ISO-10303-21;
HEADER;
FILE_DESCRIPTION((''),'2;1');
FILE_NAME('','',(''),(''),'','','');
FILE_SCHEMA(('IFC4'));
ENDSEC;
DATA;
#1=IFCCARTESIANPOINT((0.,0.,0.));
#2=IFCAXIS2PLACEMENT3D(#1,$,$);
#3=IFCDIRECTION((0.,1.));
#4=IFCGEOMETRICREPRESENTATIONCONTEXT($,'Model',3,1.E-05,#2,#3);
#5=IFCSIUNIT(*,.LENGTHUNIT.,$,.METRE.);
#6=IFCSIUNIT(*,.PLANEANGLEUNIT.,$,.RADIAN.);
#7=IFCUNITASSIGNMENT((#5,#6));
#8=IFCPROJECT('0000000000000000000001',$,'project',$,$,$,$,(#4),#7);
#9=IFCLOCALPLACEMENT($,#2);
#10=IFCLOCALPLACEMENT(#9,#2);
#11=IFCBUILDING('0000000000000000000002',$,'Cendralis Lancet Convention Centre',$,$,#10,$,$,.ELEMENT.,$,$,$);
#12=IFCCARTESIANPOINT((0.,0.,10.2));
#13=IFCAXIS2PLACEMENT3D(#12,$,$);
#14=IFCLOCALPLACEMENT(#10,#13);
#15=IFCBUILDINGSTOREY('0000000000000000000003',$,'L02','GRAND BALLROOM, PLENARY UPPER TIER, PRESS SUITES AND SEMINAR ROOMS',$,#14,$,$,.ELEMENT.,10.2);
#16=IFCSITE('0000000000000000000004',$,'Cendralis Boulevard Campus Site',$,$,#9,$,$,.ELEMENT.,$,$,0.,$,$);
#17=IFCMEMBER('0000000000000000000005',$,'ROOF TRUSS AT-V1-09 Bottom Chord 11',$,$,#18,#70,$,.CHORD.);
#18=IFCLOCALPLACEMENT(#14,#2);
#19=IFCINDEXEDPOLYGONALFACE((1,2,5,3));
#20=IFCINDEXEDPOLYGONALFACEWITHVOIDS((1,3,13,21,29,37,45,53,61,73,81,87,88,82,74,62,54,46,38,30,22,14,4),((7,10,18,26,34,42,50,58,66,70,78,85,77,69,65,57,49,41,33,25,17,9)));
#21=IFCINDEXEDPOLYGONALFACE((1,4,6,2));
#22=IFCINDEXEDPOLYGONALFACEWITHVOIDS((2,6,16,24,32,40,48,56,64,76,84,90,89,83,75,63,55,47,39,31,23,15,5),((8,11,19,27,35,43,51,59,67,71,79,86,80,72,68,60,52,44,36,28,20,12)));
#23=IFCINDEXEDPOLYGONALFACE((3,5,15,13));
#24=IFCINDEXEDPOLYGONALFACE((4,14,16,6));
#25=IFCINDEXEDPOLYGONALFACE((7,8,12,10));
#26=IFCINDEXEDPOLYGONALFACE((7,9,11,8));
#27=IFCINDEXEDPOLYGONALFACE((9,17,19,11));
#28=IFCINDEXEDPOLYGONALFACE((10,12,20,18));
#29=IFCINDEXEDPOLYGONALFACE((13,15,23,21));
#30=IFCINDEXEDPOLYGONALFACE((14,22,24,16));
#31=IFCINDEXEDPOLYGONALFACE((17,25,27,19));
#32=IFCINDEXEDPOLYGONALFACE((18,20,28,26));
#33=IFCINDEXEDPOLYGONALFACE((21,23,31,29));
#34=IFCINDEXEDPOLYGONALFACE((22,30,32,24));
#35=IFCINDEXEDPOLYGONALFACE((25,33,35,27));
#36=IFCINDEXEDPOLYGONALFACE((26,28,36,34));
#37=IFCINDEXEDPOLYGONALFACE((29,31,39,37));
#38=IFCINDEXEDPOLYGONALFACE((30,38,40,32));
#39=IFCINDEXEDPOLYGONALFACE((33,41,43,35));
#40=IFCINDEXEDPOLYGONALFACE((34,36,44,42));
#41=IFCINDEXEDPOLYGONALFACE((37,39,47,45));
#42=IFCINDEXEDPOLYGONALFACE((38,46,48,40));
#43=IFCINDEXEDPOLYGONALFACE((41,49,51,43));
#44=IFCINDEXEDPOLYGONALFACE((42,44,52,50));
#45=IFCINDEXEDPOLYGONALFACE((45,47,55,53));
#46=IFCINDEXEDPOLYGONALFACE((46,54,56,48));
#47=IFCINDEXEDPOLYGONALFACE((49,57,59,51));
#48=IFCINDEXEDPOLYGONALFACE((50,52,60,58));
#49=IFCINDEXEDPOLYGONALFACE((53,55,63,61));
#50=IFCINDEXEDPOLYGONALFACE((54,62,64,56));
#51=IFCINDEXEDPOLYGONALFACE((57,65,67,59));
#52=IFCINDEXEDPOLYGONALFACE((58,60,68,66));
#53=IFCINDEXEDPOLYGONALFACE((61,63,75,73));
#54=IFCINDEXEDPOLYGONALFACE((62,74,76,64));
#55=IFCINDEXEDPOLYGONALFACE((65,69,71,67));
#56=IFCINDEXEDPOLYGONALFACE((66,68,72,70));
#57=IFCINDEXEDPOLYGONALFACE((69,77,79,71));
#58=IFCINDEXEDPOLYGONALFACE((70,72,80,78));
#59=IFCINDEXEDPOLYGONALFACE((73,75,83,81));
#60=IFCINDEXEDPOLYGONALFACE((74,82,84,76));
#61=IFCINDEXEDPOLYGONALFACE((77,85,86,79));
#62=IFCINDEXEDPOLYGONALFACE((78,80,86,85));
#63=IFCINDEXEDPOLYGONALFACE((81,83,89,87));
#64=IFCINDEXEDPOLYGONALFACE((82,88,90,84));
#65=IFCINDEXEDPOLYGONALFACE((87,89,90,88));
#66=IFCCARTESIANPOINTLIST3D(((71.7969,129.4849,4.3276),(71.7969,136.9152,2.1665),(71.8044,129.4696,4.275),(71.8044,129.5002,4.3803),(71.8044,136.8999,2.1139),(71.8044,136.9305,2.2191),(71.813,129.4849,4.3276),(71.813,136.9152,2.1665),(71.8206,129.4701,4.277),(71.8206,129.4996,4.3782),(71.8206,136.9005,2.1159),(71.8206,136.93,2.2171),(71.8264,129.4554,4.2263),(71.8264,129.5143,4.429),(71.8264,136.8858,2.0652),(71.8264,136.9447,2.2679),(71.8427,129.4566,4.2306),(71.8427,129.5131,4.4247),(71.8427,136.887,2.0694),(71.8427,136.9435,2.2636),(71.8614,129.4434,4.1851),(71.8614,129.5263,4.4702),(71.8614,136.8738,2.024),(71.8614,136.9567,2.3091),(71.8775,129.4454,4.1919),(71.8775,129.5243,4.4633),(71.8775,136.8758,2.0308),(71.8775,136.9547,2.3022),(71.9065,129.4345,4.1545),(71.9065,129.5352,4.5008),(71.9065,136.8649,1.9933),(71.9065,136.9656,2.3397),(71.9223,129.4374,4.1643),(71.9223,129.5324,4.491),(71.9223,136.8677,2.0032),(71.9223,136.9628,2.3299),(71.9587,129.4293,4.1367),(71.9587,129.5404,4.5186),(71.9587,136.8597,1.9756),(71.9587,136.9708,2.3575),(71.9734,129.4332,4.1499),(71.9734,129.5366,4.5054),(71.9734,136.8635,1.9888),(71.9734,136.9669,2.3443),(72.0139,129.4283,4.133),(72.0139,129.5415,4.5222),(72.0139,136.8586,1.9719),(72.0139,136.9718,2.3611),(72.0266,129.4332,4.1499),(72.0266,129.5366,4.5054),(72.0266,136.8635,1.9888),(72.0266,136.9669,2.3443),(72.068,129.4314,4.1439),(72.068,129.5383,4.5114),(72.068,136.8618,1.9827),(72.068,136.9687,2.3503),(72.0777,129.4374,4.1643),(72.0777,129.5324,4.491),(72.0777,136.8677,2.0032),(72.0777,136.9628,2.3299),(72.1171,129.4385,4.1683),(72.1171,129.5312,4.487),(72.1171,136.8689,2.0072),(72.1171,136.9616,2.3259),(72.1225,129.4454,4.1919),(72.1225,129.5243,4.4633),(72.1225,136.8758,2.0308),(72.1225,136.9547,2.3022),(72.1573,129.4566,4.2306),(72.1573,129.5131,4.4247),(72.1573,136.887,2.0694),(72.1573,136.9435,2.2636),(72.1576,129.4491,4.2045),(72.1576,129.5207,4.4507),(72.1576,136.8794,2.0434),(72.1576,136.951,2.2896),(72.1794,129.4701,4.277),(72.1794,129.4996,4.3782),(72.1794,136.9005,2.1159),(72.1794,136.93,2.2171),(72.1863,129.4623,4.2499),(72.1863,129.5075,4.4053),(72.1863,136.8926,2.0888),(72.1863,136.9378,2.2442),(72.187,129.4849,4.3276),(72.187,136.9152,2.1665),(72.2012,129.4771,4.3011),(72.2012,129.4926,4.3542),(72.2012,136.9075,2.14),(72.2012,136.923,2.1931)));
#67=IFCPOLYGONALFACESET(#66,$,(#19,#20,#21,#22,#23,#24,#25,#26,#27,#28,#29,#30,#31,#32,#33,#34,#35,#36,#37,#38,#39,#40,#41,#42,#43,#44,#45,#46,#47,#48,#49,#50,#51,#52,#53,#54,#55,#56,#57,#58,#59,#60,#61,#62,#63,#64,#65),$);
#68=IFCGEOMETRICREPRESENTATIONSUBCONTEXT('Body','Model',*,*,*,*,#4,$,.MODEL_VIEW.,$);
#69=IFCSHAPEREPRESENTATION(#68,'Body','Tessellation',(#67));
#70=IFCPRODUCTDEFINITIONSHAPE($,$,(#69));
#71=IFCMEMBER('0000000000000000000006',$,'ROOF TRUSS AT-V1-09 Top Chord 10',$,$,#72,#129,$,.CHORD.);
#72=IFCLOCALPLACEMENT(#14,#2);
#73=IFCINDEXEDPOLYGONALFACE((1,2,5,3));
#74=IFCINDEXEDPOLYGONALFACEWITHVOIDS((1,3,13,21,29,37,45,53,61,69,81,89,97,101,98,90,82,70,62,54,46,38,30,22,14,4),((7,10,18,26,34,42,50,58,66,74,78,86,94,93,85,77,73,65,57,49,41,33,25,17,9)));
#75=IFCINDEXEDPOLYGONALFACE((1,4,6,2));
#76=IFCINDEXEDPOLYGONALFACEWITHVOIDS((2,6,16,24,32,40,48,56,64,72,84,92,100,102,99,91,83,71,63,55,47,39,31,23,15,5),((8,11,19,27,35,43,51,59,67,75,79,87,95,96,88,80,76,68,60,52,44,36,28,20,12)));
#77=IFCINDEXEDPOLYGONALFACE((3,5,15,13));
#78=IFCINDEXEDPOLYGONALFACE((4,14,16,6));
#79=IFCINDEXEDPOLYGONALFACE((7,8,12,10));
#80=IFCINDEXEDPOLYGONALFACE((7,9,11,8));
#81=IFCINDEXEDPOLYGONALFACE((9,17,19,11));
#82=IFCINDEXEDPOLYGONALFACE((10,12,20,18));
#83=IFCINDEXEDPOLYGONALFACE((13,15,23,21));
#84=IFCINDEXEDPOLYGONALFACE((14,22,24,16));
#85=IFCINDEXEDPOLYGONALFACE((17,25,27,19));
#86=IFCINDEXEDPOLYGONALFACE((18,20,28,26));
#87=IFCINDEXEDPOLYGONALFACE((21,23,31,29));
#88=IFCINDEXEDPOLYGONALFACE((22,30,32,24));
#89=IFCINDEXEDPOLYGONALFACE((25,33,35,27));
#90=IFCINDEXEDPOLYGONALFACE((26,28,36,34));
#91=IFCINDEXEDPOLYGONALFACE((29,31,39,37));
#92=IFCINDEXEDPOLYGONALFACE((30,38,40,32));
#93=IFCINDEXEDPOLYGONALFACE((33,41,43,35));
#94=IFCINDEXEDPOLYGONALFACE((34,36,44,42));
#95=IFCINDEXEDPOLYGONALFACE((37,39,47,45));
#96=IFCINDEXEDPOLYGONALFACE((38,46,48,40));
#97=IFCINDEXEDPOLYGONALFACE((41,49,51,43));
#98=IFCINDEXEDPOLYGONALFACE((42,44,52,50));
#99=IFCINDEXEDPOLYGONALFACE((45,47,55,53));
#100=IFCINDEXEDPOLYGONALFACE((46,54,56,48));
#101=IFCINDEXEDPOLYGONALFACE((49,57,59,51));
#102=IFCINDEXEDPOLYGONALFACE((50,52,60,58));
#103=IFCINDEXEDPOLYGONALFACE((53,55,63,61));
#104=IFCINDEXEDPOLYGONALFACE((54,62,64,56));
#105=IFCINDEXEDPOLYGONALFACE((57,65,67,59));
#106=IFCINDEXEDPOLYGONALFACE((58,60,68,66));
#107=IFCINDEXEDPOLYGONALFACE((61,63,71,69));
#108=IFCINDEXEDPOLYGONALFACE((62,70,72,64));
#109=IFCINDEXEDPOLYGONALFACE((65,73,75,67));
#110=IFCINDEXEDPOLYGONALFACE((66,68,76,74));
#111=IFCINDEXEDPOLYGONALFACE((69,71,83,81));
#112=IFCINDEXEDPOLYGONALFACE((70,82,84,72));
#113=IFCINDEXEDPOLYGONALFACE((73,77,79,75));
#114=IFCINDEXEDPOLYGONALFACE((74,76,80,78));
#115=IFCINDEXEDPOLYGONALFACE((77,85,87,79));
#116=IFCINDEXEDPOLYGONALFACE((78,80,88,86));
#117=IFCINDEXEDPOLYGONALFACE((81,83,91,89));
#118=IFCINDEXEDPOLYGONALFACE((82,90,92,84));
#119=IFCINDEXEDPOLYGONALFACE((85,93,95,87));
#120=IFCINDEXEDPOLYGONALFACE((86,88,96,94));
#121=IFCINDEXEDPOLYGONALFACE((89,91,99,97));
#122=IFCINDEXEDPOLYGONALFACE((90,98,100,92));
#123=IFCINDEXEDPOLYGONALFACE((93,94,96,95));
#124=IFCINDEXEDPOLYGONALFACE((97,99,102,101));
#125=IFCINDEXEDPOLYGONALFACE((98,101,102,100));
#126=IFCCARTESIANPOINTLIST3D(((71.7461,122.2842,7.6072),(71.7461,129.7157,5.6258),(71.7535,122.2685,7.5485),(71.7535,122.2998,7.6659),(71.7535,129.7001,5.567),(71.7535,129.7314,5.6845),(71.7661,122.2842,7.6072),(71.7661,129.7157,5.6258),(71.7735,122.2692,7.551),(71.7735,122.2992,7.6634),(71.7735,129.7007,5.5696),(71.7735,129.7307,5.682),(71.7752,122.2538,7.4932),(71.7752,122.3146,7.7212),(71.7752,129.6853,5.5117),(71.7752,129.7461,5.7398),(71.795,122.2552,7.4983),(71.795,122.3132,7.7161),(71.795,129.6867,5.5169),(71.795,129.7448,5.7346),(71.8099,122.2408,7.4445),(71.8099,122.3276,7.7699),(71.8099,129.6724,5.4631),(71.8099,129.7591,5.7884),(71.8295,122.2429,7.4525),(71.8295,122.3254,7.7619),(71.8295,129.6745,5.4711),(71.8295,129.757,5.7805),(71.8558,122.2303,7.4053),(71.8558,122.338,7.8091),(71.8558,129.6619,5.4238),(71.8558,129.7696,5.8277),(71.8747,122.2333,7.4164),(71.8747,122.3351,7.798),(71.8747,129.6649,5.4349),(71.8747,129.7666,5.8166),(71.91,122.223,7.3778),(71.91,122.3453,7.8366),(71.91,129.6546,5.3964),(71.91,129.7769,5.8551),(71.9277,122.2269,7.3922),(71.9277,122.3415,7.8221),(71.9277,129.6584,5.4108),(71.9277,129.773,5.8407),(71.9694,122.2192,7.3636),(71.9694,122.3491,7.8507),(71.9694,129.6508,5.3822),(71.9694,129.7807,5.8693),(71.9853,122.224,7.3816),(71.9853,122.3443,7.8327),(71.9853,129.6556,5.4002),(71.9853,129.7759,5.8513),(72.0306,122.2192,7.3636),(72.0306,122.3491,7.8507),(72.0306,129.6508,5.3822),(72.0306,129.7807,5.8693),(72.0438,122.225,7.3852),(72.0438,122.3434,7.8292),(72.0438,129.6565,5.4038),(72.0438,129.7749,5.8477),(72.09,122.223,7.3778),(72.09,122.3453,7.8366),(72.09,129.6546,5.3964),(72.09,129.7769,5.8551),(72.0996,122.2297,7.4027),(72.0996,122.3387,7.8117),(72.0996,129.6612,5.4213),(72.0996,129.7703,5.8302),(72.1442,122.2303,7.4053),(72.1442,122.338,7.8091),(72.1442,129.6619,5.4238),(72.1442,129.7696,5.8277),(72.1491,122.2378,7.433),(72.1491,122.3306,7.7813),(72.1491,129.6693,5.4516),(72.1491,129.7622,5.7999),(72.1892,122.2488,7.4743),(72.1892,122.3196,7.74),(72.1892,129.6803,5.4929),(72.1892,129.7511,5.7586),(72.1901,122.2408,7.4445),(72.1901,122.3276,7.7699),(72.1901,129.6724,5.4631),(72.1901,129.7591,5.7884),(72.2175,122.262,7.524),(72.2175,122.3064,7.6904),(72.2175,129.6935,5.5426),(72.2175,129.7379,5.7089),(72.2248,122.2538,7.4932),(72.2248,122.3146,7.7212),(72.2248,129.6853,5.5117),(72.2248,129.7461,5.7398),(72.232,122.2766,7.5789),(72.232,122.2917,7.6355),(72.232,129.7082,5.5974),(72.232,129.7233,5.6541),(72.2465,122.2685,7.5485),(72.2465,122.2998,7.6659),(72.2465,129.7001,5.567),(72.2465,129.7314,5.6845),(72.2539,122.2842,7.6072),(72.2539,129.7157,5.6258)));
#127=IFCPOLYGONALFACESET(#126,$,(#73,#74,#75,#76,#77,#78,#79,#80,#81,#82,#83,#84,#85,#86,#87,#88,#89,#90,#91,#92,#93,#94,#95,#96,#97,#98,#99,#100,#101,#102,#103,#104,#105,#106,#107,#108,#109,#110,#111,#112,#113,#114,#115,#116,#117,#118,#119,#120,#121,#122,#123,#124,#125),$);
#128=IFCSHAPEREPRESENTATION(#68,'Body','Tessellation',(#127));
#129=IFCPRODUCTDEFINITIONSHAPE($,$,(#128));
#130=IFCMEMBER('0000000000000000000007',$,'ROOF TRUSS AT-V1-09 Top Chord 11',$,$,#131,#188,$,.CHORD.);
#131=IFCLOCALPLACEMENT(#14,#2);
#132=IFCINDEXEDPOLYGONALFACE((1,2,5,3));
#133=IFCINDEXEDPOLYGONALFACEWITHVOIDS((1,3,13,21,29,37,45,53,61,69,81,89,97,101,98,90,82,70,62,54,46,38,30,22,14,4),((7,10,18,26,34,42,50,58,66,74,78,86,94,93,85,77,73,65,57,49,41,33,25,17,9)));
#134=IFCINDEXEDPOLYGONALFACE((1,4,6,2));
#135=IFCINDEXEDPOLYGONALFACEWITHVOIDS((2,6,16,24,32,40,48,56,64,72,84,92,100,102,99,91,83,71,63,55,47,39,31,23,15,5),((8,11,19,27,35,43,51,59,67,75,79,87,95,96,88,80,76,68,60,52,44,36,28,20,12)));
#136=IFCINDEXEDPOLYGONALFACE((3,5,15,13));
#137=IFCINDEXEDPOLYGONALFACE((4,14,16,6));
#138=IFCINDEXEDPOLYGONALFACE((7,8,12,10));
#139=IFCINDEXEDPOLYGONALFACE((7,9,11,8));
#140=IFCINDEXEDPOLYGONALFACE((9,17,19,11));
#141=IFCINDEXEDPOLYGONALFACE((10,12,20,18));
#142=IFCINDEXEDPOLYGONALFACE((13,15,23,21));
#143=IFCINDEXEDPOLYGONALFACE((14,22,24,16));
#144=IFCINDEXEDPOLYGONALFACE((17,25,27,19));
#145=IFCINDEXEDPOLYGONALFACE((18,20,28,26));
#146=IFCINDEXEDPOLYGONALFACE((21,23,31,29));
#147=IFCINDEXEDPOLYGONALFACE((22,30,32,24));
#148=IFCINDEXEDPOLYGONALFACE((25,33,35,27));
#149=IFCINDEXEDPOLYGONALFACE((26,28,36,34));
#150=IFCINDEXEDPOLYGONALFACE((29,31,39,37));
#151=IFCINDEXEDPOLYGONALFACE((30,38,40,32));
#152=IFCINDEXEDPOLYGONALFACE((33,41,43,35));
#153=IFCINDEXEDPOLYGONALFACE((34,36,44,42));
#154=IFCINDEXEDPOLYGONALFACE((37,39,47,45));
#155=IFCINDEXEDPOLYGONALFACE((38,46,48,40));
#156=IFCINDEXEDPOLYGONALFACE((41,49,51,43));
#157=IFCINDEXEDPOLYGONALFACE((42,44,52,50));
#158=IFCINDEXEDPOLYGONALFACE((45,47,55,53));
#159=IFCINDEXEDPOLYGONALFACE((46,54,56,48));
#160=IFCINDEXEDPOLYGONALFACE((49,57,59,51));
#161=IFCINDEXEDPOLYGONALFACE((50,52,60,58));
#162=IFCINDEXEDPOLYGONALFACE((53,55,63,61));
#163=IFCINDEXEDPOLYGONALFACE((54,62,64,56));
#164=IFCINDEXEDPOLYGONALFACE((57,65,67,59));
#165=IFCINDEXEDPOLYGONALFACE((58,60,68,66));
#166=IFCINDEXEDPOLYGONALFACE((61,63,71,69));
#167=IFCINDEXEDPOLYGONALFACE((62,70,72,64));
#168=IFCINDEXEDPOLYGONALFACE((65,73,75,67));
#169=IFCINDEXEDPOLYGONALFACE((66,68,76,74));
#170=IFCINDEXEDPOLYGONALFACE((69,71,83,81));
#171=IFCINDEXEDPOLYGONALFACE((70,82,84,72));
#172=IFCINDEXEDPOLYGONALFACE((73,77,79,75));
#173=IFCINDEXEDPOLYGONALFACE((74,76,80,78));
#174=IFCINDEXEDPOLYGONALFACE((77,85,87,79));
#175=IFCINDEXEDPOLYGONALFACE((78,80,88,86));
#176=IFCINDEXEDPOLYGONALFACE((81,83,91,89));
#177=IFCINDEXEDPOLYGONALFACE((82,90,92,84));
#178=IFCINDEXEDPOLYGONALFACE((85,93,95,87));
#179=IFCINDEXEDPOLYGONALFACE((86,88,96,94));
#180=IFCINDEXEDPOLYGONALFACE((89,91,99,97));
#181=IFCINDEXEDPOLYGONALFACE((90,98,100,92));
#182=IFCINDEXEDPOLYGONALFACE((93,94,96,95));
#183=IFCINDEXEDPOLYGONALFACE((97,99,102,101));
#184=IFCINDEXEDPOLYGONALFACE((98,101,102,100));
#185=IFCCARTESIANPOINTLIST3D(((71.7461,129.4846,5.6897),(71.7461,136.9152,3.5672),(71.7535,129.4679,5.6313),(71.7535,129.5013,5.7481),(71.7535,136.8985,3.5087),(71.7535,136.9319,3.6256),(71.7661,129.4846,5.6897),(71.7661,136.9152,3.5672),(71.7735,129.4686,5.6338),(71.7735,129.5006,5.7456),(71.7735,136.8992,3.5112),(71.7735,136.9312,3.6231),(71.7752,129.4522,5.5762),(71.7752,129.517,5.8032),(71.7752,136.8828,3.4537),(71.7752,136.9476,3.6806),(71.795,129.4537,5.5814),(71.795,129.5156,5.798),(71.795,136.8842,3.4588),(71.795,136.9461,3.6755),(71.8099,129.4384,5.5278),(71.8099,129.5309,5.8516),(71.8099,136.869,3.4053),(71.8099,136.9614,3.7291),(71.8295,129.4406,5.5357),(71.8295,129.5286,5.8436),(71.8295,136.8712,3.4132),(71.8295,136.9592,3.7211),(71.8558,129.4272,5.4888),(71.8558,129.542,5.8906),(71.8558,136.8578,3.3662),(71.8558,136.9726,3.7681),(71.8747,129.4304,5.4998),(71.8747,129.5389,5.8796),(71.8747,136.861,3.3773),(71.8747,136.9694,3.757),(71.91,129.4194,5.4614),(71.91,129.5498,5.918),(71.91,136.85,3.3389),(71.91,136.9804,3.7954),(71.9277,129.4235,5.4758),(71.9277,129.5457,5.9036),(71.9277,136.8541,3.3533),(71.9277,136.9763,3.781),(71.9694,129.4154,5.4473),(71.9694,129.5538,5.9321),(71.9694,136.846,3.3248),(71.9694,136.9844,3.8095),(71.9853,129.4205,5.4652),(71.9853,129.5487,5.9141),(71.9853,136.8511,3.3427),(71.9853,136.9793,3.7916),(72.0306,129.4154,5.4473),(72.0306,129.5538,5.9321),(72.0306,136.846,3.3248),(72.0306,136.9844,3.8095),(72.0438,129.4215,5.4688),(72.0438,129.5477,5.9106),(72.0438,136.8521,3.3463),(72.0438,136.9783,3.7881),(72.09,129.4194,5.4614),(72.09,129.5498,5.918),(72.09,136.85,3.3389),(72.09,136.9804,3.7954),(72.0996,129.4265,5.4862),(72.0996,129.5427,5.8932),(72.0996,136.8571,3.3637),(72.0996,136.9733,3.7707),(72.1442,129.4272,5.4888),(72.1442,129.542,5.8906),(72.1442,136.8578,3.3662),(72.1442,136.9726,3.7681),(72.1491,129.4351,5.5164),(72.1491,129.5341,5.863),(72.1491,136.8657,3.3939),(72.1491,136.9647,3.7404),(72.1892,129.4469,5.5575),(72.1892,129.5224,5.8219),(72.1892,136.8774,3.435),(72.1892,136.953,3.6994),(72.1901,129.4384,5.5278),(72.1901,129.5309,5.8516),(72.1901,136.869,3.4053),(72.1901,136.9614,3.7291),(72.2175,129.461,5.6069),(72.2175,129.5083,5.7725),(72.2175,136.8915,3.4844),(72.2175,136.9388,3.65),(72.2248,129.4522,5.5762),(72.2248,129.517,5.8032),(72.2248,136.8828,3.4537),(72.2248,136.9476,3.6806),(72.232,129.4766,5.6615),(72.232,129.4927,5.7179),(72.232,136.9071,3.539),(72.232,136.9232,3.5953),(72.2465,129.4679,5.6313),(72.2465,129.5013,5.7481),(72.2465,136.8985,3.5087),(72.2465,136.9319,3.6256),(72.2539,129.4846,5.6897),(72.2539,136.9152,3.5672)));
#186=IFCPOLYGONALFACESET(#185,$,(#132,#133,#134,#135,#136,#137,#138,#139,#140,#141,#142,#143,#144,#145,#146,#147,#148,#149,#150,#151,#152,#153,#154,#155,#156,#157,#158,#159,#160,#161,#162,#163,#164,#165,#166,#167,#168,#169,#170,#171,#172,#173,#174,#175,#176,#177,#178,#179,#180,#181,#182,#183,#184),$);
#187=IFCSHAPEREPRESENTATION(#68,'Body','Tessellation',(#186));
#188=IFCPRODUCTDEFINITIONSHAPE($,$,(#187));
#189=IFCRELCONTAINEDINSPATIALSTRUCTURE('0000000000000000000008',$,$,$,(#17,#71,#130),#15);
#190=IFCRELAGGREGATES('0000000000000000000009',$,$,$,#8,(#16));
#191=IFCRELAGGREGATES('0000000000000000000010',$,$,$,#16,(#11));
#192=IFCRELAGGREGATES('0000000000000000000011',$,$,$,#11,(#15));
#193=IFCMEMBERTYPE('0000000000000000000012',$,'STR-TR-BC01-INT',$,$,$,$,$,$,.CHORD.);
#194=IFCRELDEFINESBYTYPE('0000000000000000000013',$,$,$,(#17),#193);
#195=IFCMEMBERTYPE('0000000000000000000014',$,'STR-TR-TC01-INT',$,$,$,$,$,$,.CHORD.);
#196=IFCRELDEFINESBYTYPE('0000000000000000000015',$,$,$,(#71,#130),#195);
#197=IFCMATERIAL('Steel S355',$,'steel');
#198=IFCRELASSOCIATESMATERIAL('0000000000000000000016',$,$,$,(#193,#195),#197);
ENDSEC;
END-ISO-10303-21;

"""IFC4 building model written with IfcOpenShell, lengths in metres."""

from ifc_helpers import new_model, si_unit, direction, frame, origin, origin_2d, place, context, subcontext, project, spatial, hollow_circle, extrude, material, material_profile, profile_set, type_object, element, save


model = new_model("IFC4")

# Units and contexts
model_context = context("Model", 3, precision=1e-05, world=origin(), true_north=direction((0.0, 1.0)))
body_context = subcontext(model_context, "Body", "Model", "MODEL_VIEW")
ifc_project = project(units=[si_unit("LENGTHUNIT", "METRE"), si_unit("PLANEANGLEUNIT", "RADIAN")], contexts=[model_context])

# Site, building, storey
site_placement = place(None, origin())
site = spatial("IfcSite", under=ifc_project, at=site_placement, Name="Cendralis Boulevard Campus Site", CompositionType="ELEMENT", RefElevation=0.0)
building_placement = place(site_placement, origin())
building = spatial("IfcBuilding", under=site, at=building_placement, Name="Cendralis Lancet Convention Centre", CompositionType="ELEMENT")
storey_placement = place(building_placement, frame((0.0, 0.0, 10.2)))
storey = spatial("IfcBuildingStorey", under=building, at=storey_placement, Name="L02", Description="GRAND BALLROOM, PLENARY UPPER TIER, PRESS SUITES AND SEMINAR ROOMS", CompositionType="ELEMENT", Elevation=10.2)

# Members
ifc_material_1 = material(Name="Steel S355", Category="steel")
ifc_material_profile_1 = material_profile(ifc_material_1, hollow_circle(Radius=0.2031, WallThickness=0.0161, at=origin_2d()), Name="CHS 406.4x16.0")
ifc_profile_set_1 = profile_set([ifc_material_profile_1], Name="Steel S355")
member_type_1 = type_object("IfcMemberType", Name="STR-TR-BC01-INT", PredefinedType="CHORD", material=ifc_profile_set_1)
member_1_placement = place(storey_placement, frame((72.0, 129.4849, 4.3276), z_axis=(0.0, 0.960211, -0.279277), x_axis=(-1.0, 0.0, 0.0)))
element("IfcMember", 1, at=member_1_placement, inside=storey, type_object=member_type_1, Name="ROOF TRUSS AT-V1-09 Bottom Chord 11", PredefinedType="CHORD", context=body_context, shape_type="SweptSolid", body=[
    extrude(hollow_circle(Radius=0.2031, WallThickness=0.0161, at=origin_2d()), origin(), (0.0, 0.0, 1.0), 7.7383),
])
ifc_material_profile_2 = material_profile(ifc_material_1, hollow_circle(Radius=0.2539, WallThickness=0.02, at=origin_2d()), Name="CHS 508.0x20.0")
ifc_profile_set_2 = profile_set([ifc_material_profile_2], Name="Steel S355")
member_type_2 = type_object("IfcMemberType", Name="STR-TR-TC01-INT", PredefinedType="CHORD", material=ifc_profile_set_2)
member_2_placement = place(storey_placement, frame((72.0, 122.2842, 7.6072), z_axis=(0.0, 0.966245, -0.257623), x_axis=(-1.0, 0.0, 0.0)))
element("IfcMember", 2, at=member_2_placement, inside=storey, type_object=member_type_2, Name="ROOF TRUSS AT-V1-09 Top Chord 10", PredefinedType="CHORD", context=body_context, shape_type="SweptSolid", body=[
    extrude(hollow_circle(Radius=0.2539, WallThickness=0.02, at=origin_2d()), origin(), (0.0, 0.0, 1.0), 7.6912),
])
member_3_placement = place(storey_placement, frame((72.0, 129.4846, 5.6897), z_axis=(0.0, 0.961541, -0.274663), x_axis=(-1.0, 0.0, 0.0)))
element("IfcMember", 3, at=member_3_placement, inside=storey, type_object=member_type_2, Name="ROOF TRUSS AT-V1-09 Top Chord 11", PredefinedType="CHORD", context=body_context, shape_type="SweptSolid", body=[
    extrude(hollow_circle(Radius=0.2539, WallThickness=0.02, at=origin_2d()), origin(), (0.0, 0.0, 1.0), 7.7278),
])

save(model, "model.ifc")
